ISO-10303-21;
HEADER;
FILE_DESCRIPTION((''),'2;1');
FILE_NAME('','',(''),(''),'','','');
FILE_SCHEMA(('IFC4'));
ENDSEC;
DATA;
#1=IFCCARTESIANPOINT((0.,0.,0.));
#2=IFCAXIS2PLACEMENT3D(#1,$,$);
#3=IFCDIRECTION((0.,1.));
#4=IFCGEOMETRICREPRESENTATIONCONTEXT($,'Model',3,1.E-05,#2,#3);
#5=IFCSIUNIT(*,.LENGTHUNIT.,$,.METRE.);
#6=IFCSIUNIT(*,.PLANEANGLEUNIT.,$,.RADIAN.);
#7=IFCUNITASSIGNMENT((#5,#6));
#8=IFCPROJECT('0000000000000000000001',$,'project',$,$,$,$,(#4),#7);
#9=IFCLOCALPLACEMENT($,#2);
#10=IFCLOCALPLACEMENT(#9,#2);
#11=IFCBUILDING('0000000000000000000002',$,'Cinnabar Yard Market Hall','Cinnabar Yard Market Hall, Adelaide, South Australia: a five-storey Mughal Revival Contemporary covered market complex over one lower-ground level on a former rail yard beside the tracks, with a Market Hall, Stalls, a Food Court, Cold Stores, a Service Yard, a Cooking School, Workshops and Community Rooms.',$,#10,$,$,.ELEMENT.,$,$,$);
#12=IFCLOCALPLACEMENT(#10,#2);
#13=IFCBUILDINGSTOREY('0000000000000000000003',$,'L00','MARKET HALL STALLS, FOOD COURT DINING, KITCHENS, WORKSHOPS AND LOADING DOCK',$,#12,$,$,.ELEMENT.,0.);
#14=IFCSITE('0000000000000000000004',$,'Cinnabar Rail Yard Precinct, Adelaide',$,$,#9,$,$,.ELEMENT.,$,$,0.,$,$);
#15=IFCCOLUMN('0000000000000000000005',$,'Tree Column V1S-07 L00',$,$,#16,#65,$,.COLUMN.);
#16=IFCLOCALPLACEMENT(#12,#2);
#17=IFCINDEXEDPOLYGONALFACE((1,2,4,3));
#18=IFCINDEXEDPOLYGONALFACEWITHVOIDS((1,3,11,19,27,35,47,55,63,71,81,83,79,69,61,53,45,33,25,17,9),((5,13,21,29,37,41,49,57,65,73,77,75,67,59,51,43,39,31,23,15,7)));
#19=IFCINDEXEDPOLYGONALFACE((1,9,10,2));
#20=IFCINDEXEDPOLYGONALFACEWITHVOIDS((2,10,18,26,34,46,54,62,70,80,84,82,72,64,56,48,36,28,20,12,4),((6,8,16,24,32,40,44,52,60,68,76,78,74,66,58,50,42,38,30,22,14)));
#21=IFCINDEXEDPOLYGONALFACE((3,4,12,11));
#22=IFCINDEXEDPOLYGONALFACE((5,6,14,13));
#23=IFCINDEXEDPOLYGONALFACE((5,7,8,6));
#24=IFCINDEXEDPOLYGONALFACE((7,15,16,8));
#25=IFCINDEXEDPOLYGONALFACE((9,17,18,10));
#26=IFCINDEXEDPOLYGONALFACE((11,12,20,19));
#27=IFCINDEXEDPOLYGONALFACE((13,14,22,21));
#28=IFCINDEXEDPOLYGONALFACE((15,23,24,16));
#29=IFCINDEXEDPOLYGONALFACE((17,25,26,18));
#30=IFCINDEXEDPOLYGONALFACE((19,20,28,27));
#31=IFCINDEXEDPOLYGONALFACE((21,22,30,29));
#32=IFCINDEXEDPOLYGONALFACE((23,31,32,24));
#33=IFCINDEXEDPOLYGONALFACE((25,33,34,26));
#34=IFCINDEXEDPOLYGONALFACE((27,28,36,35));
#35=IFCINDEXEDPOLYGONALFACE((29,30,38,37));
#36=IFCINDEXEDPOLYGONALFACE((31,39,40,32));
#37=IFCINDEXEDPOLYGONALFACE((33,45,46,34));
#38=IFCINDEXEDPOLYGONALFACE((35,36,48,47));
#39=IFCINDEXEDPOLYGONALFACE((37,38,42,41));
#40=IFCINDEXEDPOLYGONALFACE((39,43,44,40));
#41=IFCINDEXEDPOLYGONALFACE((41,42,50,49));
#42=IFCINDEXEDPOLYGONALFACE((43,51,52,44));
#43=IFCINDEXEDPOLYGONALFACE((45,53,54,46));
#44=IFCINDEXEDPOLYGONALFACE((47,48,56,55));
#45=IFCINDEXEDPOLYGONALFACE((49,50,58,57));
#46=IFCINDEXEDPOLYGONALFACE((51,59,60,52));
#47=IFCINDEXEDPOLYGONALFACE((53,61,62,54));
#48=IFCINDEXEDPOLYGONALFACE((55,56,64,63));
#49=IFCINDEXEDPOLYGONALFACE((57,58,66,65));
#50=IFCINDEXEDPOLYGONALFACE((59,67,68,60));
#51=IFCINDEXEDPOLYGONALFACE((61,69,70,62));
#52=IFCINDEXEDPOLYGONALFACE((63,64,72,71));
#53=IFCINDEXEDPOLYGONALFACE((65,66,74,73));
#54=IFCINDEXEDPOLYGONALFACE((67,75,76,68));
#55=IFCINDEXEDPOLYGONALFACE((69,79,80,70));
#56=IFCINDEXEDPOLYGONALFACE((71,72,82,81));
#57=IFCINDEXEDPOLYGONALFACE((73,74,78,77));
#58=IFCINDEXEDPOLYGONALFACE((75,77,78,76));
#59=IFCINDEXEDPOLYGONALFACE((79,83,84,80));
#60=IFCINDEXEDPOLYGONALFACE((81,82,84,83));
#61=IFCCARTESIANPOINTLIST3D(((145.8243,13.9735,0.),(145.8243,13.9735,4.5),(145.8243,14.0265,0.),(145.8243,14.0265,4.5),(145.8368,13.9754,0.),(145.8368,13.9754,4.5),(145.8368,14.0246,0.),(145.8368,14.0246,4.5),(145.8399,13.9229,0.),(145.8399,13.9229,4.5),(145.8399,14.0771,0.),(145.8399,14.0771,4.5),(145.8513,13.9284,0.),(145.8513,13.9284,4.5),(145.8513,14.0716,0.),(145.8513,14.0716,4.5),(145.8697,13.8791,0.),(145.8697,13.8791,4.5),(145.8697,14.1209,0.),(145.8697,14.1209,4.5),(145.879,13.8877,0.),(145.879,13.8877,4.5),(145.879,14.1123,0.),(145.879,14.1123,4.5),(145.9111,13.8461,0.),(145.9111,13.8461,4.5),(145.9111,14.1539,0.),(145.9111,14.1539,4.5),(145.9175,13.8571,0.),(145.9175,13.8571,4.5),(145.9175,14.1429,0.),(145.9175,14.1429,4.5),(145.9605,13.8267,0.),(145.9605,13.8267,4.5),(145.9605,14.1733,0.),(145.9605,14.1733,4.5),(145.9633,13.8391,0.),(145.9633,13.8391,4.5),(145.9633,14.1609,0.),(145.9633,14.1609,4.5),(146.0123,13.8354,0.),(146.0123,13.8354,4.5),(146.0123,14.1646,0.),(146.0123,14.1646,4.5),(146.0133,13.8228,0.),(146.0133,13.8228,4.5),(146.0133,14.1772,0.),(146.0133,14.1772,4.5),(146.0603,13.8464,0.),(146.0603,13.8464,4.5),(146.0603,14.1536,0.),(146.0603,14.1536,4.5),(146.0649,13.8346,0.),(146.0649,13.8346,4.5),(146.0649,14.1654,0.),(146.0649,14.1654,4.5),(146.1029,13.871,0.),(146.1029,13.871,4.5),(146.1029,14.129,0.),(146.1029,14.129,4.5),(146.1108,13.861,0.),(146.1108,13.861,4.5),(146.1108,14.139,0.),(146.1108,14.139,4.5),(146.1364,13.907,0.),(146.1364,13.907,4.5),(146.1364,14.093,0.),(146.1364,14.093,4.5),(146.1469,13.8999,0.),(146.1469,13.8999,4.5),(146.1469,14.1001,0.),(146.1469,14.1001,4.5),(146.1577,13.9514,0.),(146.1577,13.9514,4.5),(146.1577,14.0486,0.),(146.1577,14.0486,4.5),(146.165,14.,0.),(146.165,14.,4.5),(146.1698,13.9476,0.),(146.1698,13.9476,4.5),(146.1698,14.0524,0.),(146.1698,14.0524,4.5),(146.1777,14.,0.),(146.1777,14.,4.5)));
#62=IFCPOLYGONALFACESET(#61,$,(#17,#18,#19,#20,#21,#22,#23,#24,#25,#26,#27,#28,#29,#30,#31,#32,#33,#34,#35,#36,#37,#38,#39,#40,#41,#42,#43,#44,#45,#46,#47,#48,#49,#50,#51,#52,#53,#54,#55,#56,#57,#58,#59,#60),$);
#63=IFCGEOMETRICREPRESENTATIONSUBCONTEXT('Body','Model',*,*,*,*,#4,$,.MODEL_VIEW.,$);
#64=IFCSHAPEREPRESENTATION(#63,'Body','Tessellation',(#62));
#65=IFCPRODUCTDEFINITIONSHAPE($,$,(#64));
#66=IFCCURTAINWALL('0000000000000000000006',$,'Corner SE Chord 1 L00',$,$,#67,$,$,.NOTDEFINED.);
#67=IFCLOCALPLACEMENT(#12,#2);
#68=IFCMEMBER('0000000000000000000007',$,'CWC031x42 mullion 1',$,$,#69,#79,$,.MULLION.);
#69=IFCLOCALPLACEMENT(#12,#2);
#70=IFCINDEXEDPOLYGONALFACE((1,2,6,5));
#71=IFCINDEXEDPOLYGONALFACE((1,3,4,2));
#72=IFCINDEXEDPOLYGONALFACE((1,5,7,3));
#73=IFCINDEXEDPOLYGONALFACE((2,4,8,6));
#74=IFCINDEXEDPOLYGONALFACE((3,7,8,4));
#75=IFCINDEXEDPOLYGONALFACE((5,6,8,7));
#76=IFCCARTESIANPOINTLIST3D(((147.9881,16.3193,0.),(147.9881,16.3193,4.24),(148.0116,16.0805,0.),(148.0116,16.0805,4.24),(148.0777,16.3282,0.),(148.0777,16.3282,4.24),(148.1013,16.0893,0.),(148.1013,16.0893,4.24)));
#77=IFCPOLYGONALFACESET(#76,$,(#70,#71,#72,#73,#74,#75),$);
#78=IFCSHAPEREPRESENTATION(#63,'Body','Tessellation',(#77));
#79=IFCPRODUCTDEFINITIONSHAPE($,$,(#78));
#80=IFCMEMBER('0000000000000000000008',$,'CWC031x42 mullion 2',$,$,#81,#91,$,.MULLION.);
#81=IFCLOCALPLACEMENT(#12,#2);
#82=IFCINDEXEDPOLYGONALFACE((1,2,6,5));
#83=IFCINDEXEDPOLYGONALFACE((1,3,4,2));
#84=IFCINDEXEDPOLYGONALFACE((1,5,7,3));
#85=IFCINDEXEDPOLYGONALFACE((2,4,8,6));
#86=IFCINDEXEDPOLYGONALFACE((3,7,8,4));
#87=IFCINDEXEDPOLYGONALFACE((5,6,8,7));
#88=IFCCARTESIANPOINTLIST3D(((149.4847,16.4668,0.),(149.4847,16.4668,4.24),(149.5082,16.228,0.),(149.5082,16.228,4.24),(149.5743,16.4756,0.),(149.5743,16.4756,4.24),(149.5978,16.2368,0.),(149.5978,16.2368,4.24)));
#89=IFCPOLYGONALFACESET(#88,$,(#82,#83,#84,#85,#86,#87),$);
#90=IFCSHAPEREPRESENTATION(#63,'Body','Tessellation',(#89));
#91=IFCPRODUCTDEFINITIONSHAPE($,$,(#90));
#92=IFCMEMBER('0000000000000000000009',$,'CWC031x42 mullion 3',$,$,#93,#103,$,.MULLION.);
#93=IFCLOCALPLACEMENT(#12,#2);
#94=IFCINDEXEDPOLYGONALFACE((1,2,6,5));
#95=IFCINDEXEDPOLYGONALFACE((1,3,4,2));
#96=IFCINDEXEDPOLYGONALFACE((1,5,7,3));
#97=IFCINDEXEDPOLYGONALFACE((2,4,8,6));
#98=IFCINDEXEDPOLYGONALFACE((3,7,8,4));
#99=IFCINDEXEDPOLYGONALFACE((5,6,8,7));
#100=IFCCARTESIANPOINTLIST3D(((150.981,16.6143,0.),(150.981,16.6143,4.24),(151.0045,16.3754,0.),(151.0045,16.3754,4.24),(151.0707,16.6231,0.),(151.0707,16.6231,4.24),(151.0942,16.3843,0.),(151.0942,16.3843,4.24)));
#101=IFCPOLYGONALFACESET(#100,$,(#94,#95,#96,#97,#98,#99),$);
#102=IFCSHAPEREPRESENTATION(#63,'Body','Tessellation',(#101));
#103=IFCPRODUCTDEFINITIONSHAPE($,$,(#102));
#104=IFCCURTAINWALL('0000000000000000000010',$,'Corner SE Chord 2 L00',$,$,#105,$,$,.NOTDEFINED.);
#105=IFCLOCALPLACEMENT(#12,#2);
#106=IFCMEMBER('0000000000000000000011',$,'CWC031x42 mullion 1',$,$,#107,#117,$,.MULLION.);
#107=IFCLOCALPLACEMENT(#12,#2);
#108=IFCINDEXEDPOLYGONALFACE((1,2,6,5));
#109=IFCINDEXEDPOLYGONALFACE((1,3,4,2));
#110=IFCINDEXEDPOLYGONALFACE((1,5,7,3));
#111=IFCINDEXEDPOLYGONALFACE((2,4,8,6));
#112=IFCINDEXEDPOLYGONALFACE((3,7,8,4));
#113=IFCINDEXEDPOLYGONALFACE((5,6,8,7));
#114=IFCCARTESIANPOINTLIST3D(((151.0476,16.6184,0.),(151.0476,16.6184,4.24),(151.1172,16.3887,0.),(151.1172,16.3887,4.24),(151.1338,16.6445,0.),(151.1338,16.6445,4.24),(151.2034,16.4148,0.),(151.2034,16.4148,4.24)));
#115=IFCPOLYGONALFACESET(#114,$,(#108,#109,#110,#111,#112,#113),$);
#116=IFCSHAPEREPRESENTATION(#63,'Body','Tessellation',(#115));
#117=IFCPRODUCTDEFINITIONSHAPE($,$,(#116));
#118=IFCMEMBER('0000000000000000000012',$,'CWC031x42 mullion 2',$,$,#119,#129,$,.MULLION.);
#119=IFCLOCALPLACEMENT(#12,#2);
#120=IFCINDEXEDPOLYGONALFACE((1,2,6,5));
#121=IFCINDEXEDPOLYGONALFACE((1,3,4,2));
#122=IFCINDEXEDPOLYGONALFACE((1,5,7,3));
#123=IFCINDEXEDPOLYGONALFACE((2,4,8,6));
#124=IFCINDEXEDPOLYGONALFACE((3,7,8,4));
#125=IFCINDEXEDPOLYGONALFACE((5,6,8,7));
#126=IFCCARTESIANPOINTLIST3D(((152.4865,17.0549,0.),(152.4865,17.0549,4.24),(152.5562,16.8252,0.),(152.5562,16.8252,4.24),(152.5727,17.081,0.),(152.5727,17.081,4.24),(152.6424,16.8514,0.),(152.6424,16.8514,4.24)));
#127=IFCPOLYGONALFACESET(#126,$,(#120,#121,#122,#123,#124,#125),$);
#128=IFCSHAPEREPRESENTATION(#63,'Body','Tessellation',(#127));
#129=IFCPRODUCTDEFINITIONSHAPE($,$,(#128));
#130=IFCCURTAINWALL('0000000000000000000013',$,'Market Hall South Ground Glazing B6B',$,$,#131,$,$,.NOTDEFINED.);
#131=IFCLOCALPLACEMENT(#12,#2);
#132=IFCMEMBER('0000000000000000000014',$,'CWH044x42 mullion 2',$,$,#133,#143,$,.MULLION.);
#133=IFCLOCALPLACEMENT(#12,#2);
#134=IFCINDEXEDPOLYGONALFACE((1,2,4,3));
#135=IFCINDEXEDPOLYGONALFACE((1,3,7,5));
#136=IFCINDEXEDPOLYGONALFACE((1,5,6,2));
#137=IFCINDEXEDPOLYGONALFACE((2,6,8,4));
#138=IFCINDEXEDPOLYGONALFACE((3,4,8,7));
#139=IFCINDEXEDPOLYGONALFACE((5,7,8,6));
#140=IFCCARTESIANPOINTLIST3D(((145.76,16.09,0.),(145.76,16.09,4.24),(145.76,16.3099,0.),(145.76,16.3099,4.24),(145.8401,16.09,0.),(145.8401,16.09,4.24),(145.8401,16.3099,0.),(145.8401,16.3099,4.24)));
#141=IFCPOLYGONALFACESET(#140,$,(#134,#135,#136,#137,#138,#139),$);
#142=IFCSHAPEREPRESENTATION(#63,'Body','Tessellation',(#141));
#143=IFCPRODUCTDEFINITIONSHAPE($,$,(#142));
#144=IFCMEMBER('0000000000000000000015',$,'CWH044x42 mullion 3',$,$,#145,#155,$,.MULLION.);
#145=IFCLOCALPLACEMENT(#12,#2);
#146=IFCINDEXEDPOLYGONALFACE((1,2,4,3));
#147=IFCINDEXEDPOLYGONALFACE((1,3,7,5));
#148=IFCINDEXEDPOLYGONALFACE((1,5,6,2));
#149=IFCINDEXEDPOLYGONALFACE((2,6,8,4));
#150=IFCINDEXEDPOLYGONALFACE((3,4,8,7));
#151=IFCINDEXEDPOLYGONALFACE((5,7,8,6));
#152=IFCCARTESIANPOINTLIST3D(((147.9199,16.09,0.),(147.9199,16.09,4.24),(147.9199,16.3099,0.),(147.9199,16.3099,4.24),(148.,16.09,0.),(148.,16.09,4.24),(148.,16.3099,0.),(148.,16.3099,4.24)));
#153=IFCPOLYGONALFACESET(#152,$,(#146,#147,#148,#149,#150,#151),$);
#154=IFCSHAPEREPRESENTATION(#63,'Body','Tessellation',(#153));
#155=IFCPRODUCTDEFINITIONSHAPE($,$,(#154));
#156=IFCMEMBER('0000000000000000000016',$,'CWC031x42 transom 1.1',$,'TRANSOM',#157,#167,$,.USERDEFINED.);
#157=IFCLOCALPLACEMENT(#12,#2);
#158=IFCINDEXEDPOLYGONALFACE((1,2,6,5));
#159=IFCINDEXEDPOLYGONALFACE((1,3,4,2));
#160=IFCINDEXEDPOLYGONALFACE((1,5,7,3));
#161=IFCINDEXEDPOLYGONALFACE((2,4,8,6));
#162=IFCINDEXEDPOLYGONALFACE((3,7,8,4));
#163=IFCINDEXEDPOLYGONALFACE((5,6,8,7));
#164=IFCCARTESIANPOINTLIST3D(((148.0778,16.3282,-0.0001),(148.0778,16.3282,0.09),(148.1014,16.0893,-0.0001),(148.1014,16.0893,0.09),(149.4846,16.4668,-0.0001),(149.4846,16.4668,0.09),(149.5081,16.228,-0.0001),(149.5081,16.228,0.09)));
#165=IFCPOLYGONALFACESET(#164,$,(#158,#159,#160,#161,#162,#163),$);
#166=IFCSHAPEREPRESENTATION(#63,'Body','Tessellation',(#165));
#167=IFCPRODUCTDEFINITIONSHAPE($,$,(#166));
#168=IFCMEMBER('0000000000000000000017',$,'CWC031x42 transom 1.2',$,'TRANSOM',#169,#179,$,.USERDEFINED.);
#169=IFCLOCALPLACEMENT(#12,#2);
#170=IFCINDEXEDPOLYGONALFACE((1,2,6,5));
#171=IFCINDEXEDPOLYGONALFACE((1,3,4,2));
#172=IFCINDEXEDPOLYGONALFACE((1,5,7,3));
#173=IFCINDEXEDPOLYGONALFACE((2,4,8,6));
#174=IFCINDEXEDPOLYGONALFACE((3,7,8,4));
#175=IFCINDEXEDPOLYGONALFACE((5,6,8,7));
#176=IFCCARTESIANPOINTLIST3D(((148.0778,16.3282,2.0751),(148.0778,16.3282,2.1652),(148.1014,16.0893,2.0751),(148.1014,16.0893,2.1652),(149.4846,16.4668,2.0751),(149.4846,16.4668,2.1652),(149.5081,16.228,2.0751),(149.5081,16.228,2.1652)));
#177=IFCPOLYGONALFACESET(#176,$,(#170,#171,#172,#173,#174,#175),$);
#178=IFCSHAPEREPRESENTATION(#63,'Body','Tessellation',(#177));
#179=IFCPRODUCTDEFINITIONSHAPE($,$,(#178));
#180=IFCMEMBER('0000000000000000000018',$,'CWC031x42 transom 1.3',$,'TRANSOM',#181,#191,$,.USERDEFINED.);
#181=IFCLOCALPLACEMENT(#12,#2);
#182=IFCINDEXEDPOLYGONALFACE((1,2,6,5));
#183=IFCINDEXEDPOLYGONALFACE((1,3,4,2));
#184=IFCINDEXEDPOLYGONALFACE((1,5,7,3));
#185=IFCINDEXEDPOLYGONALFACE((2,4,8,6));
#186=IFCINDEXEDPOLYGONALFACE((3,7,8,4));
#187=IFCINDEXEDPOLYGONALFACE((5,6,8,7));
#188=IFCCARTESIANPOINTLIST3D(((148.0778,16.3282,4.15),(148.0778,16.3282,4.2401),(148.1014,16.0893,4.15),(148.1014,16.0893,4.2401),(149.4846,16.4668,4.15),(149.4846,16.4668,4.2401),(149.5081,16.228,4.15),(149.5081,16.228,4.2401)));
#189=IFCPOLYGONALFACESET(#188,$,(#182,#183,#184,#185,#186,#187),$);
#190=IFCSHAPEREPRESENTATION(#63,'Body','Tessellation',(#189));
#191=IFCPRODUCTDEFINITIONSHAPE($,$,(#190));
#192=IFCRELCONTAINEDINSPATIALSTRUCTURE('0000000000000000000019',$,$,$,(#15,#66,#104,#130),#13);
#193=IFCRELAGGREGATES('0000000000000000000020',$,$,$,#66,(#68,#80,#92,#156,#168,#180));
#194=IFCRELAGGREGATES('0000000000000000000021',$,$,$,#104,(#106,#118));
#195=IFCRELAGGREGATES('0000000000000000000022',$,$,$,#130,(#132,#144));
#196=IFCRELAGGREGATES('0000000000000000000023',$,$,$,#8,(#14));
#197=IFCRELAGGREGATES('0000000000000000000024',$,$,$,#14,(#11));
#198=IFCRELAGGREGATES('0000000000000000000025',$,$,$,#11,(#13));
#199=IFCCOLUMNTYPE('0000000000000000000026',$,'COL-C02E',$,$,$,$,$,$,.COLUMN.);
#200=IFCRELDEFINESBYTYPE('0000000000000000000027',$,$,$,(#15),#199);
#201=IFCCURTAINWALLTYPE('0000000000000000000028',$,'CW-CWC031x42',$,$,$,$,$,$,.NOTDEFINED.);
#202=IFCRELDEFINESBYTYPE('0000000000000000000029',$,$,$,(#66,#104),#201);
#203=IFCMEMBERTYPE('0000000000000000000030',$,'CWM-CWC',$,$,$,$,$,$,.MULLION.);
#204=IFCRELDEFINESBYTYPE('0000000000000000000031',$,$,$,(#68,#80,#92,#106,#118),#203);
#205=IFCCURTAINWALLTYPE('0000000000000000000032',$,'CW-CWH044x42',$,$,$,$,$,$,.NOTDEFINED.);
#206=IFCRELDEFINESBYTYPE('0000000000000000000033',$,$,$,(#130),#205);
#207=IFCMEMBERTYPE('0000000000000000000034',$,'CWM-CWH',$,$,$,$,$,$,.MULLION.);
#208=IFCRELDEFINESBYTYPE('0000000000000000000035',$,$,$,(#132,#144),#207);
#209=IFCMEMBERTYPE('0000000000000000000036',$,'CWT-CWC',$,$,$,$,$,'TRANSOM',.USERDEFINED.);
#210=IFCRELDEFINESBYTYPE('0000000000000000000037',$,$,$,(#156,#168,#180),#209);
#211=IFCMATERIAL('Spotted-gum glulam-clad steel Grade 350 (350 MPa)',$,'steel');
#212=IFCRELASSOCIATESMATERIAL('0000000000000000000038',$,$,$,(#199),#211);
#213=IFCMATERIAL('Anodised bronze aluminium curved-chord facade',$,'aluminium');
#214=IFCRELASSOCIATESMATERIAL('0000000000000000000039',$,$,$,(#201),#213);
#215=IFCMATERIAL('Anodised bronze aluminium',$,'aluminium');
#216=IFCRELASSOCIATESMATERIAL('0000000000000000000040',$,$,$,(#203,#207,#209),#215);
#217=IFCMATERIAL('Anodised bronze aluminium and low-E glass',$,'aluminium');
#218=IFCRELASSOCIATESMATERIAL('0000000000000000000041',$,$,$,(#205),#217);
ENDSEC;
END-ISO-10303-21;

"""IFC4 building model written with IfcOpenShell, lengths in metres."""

from ifc_helpers import new_model, si_unit, direction, frame, origin, origin_2d_with_axis, place, context, subcontext, project, spatial, rectangle, hollow_circle, extrude, material, material_profile, profile_set, type_object, element, aggregate, save


model = new_model("IFC4")

# Units and contexts
model_context = context("Model", 3, precision=1e-05, world=origin(), true_north=direction((0.0, 1.0)))
body_context = subcontext(model_context, "Body", "Model", "MODEL_VIEW")
ifc_project = project(units=[si_unit("LENGTHUNIT", "METRE"), si_unit("PLANEANGLEUNIT", "RADIAN")], contexts=[model_context])

# Site, building, storey
site_placement = place(None, origin())
site = spatial("IfcSite", under=ifc_project, at=site_placement, Name="Cinnabar Rail Yard Precinct, Adelaide", CompositionType="ELEMENT", RefElevation=0.0)
building_placement = place(site_placement, origin())
building = spatial("IfcBuilding", under=site, at=building_placement, Name="Cinnabar Yard Market Hall", Description="Cinnabar Yard Market Hall, Adelaide, South Australia: a five-storey Mughal Revival Contemporary covered market complex over one lower-ground level on a former rail yard beside the tracks, with a Market Hall, Stalls, a Food Court, Cold Stores, a Service Yard, a Cooking School, Workshops and Community Rooms.", CompositionType="ELEMENT")
storey_placement = place(building_placement, origin())
storey = spatial("IfcBuildingStorey", under=building, at=storey_placement, Name="L00", Description="MARKET HALL STALLS, FOOD COURT DINING, KITCHENS, WORKSHOPS AND LOADING DOCK", CompositionType="ELEMENT", Elevation=0.0)

# Column
ifc_material_1 = material(Name="Spotted-gum glulam-clad steel Grade 350 (350 MPa)", Category="steel")
ifc_material_profile_1 = material_profile(ifc_material_1, hollow_circle(Radius=0.1777, WallThickness=0.0127, at=origin_2d_with_axis()), Name="355.6x12.7CHS")
ifc_profile_set_1 = profile_set([ifc_material_profile_1], Name="Spotted-gum glulam-clad steel Grade 350 (350 MPa)")
column_type = type_object("IfcColumnType", Name="COL-C02E", PredefinedType="COLUMN", material=ifc_profile_set_1)
column_placement = place(storey_placement, frame((146.0, 14.0, 0.0), z_axis=(0.0, 0.0, 1.0), x_axis=(1.0, 0.0, 0.0)))
element("IfcColumn", 1, at=column_placement, inside=storey, type_object=column_type, Name="Tree Column V1S-07 L00", PredefinedType="COLUMN", context=body_context, shape_type="SweptSolid", body=[
    extrude(hollow_circle(Radius=0.1777, WallThickness=0.0127, at=origin_2d_with_axis()), origin(), (0.0, 0.0, 1.0), 4.5),
])

# Curtain walls, members
ifc_material_2 = material(Name="Anodised bronze aluminium curved-chord facade", Category="aluminium")
curtain_wall_type_1 = type_object("IfcCurtainWallType", Name="CW-CWC031x42", PredefinedType="NOTDEFINED", material=ifc_material_2)
curtain_wall_1_placement = place(storey_placement, origin())
curtain_wall_1 = element("IfcCurtainWall", 2, at=curtain_wall_1_placement, inside=storey, type_object=curtain_wall_type_1, Name="Corner SE Chord 1 L00", PredefinedType="NOTDEFINED")
ifc_material_3 = material(Name="Anodised bronze aluminium", Category="aluminium")
ifc_material_profile_2 = material_profile(ifc_material_3, rectangle(XDim=0.24, YDim=0.0901, at=origin_2d_with_axis()), Name="MUL-CWC")
ifc_profile_set_2 = profile_set([ifc_material_profile_2], Name="Anodised bronze aluminium")
member_type_1 = type_object("IfcMemberType", Name="CWM-CWC", PredefinedType="MULLION", material=ifc_profile_set_2)
member_1_placement = place(storey_placement, frame((148.0447, 16.2043, 0.0), z_axis=(0.0, 0.0, 1.0), x_axis=(-0.09802, 0.995184, 0.0)))
member_1 = element("IfcMember", 3, at=member_1_placement, type_object=member_type_1, Name="CWC031x42 mullion 1", PredefinedType="MULLION", context=body_context, shape_type="SweptSolid", body=[
    extrude(rectangle(XDim=0.24, YDim=0.0901, at=origin_2d_with_axis()), origin(), (0.0, 0.0, 1.0), 4.24),
])
member_2_placement = place(storey_placement, frame((149.5413, 16.3518, 0.0), z_axis=(0.0, 0.0, 1.0), x_axis=(-0.09802, 0.995184, 0.0)))
member_2 = element("IfcMember", 4, at=member_2_placement, type_object=member_type_1, Name="CWC031x42 mullion 2", PredefinedType="MULLION", context=body_context, shape_type="SweptSolid", body=[
    extrude(rectangle(XDim=0.24, YDim=0.0901, at=origin_2d_with_axis()), origin(), (0.0, 0.0, 1.0), 4.24),
])
member_3_placement = place(storey_placement, frame((151.0376, 16.4993, 0.0), z_axis=(0.0, 0.0, 1.0), x_axis=(-0.09802, 0.995184, 0.0)))
member_3 = element("IfcMember", 5, at=member_3_placement, type_object=member_type_1, Name="CWC031x42 mullion 3", PredefinedType="MULLION", context=body_context, shape_type="SweptSolid", body=[
    extrude(rectangle(XDim=0.24, YDim=0.0901, at=origin_2d_with_axis()), origin(), (0.0, 0.0, 1.0), 4.24),
])
curtain_wall_2_placement = place(storey_placement, origin())
curtain_wall_2 = element("IfcCurtainWall", 6, at=curtain_wall_2_placement, inside=storey, type_object=curtain_wall_type_1, Name="Corner SE Chord 2 L00", PredefinedType="NOTDEFINED")
member_4_placement = place(storey_placement, frame((151.1255, 16.5166, 0.0), z_axis=(0.0, 0.0, 1.0), x_axis=(-0.290279, 0.956942, 0.0)))
member_4 = element("IfcMember", 7, at=member_4_placement, type_object=member_type_1, Name="CWC031x42 mullion 1", PredefinedType="MULLION", context=body_context, shape_type="SweptSolid", body=[
    extrude(rectangle(XDim=0.24, YDim=0.0901, at=origin_2d_with_axis()), origin(), (0.0, 0.0, 1.0), 4.24),
])
member_5_placement = place(storey_placement, frame((152.5645, 16.9531, 0.0), z_axis=(0.0, 0.0, 1.0), x_axis=(-0.290279, 0.956942, 0.0)))
member_5 = element("IfcMember", 8, at=member_5_placement, type_object=member_type_1, Name="CWC031x42 mullion 2", PredefinedType="MULLION", context=body_context, shape_type="SweptSolid", body=[
    extrude(rectangle(XDim=0.24, YDim=0.0901, at=origin_2d_with_axis()), origin(), (0.0, 0.0, 1.0), 4.24),
])
ifc_material_4 = material(Name="Anodised bronze aluminium and low-E glass", Category="aluminium")
curtain_wall_type_2 = type_object("IfcCurtainWallType", Name="CW-CWH044x42", PredefinedType="NOTDEFINED", material=ifc_material_4)
curtain_wall_3_placement = place(storey_placement, origin())
curtain_wall_3 = element("IfcCurtainWall", 9, at=curtain_wall_3_placement, inside=storey, type_object=curtain_wall_type_2, Name="Market Hall South Ground Glazing B6B", PredefinedType="NOTDEFINED")
ifc_material_profile_3 = material_profile(ifc_material_3, rectangle(XDim=0.22, YDim=0.0801, at=origin_2d_with_axis()), Name="MUL-CWH")
ifc_profile_set_3 = profile_set([ifc_material_profile_3], Name="Anodised bronze aluminium")
member_type_2 = type_object("IfcMemberType", Name="CWM-CWH", PredefinedType="MULLION", material=ifc_profile_set_3)
member_6_placement = place(storey_placement, frame((145.8, 16.2, 0.0), z_axis=(0.0, 0.0, 1.0), x_axis=(0.0, 1.0, 0.0)))
member_6 = element("IfcMember", 10, at=member_6_placement, type_object=member_type_2, Name="CWH044x42 mullion 2", PredefinedType="MULLION", context=body_context, shape_type="SweptSolid", body=[
    extrude(rectangle(XDim=0.22, YDim=0.0801, at=origin_2d_with_axis()), origin(), (0.0, 0.0, 1.0), 4.24),
])
member_7_placement = place(storey_placement, frame((147.96, 16.2, 0.0), z_axis=(0.0, 0.0, 1.0), x_axis=(0.0, 1.0, 0.0)))
member_7 = element("IfcMember", 11, at=member_7_placement, type_object=member_type_2, Name="CWH044x42 mullion 3", PredefinedType="MULLION", context=body_context, shape_type="SweptSolid", body=[
    extrude(rectangle(XDim=0.22, YDim=0.0801, at=origin_2d_with_axis()), origin(), (0.0, 0.0, 1.0), 4.24),
])

# Members
ifc_material_profile_4 = material_profile(ifc_material_3, rectangle(XDim=0.24, YDim=0.0901, at=origin_2d_with_axis()), Name="TRN-CWC")
ifc_profile_set_4 = profile_set([ifc_material_profile_4], Name="Anodised bronze aluminium")
member_type_3 = type_object("IfcMemberType", Name="CWT-CWC", ElementType="TRANSOM", PredefinedType="USERDEFINED", material=ifc_profile_set_4)
member_8_placement = place(storey_placement, frame((148.0896, 16.2087, 0.0449), z_axis=(0.995176, 0.098101, 0.0), x_axis=(-0.098101, 0.995176, 0.0)))
member_8 = element("IfcMember", 12, at=member_8_placement, type_object=member_type_3, Name="CWC031x42 transom 1.1", ObjectType="TRANSOM", PredefinedType="USERDEFINED", context=body_context, shape_type="SweptSolid", body=[
    extrude(rectangle(XDim=0.24, YDim=0.0901, at=origin_2d_with_axis()), origin(), (0.0, 0.0, 1.0), 1.4136),
])
member_9_placement = place(storey_placement, frame((148.0896, 16.2087, 2.1201), z_axis=(0.995176, 0.098101, 0.0), x_axis=(-0.098101, 0.995176, 0.0)))
member_9 = element("IfcMember", 13, at=member_9_placement, type_object=member_type_3, Name="CWC031x42 transom 1.2", ObjectType="TRANSOM", PredefinedType="USERDEFINED", context=body_context, shape_type="SweptSolid", body=[
    extrude(rectangle(XDim=0.24, YDim=0.0901, at=origin_2d_with_axis()), origin(), (0.0, 0.0, 1.0), 1.4136),
])
member_10_placement = place(storey_placement, frame((148.0896, 16.2087, 4.1951), z_axis=(0.995176, 0.098101, 0.0), x_axis=(-0.098101, 0.995176, 0.0)))
member_10 = element("IfcMember", 14, at=member_10_placement, type_object=member_type_3, Name="CWC031x42 transom 1.3", ObjectType="TRANSOM", PredefinedType="USERDEFINED", context=body_context, shape_type="SweptSolid", body=[
    extrude(rectangle(XDim=0.24, YDim=0.0901, at=origin_2d_with_axis()), origin(), (0.0, 0.0, 1.0), 1.4136),
])

aggregate(curtain_wall_1, [member_1, member_2, member_3, member_8, member_9, member_10])
aggregate(curtain_wall_2, [member_4, member_5])
aggregate(curtain_wall_3, [member_6, member_7])

save(model, "model.ifc")
